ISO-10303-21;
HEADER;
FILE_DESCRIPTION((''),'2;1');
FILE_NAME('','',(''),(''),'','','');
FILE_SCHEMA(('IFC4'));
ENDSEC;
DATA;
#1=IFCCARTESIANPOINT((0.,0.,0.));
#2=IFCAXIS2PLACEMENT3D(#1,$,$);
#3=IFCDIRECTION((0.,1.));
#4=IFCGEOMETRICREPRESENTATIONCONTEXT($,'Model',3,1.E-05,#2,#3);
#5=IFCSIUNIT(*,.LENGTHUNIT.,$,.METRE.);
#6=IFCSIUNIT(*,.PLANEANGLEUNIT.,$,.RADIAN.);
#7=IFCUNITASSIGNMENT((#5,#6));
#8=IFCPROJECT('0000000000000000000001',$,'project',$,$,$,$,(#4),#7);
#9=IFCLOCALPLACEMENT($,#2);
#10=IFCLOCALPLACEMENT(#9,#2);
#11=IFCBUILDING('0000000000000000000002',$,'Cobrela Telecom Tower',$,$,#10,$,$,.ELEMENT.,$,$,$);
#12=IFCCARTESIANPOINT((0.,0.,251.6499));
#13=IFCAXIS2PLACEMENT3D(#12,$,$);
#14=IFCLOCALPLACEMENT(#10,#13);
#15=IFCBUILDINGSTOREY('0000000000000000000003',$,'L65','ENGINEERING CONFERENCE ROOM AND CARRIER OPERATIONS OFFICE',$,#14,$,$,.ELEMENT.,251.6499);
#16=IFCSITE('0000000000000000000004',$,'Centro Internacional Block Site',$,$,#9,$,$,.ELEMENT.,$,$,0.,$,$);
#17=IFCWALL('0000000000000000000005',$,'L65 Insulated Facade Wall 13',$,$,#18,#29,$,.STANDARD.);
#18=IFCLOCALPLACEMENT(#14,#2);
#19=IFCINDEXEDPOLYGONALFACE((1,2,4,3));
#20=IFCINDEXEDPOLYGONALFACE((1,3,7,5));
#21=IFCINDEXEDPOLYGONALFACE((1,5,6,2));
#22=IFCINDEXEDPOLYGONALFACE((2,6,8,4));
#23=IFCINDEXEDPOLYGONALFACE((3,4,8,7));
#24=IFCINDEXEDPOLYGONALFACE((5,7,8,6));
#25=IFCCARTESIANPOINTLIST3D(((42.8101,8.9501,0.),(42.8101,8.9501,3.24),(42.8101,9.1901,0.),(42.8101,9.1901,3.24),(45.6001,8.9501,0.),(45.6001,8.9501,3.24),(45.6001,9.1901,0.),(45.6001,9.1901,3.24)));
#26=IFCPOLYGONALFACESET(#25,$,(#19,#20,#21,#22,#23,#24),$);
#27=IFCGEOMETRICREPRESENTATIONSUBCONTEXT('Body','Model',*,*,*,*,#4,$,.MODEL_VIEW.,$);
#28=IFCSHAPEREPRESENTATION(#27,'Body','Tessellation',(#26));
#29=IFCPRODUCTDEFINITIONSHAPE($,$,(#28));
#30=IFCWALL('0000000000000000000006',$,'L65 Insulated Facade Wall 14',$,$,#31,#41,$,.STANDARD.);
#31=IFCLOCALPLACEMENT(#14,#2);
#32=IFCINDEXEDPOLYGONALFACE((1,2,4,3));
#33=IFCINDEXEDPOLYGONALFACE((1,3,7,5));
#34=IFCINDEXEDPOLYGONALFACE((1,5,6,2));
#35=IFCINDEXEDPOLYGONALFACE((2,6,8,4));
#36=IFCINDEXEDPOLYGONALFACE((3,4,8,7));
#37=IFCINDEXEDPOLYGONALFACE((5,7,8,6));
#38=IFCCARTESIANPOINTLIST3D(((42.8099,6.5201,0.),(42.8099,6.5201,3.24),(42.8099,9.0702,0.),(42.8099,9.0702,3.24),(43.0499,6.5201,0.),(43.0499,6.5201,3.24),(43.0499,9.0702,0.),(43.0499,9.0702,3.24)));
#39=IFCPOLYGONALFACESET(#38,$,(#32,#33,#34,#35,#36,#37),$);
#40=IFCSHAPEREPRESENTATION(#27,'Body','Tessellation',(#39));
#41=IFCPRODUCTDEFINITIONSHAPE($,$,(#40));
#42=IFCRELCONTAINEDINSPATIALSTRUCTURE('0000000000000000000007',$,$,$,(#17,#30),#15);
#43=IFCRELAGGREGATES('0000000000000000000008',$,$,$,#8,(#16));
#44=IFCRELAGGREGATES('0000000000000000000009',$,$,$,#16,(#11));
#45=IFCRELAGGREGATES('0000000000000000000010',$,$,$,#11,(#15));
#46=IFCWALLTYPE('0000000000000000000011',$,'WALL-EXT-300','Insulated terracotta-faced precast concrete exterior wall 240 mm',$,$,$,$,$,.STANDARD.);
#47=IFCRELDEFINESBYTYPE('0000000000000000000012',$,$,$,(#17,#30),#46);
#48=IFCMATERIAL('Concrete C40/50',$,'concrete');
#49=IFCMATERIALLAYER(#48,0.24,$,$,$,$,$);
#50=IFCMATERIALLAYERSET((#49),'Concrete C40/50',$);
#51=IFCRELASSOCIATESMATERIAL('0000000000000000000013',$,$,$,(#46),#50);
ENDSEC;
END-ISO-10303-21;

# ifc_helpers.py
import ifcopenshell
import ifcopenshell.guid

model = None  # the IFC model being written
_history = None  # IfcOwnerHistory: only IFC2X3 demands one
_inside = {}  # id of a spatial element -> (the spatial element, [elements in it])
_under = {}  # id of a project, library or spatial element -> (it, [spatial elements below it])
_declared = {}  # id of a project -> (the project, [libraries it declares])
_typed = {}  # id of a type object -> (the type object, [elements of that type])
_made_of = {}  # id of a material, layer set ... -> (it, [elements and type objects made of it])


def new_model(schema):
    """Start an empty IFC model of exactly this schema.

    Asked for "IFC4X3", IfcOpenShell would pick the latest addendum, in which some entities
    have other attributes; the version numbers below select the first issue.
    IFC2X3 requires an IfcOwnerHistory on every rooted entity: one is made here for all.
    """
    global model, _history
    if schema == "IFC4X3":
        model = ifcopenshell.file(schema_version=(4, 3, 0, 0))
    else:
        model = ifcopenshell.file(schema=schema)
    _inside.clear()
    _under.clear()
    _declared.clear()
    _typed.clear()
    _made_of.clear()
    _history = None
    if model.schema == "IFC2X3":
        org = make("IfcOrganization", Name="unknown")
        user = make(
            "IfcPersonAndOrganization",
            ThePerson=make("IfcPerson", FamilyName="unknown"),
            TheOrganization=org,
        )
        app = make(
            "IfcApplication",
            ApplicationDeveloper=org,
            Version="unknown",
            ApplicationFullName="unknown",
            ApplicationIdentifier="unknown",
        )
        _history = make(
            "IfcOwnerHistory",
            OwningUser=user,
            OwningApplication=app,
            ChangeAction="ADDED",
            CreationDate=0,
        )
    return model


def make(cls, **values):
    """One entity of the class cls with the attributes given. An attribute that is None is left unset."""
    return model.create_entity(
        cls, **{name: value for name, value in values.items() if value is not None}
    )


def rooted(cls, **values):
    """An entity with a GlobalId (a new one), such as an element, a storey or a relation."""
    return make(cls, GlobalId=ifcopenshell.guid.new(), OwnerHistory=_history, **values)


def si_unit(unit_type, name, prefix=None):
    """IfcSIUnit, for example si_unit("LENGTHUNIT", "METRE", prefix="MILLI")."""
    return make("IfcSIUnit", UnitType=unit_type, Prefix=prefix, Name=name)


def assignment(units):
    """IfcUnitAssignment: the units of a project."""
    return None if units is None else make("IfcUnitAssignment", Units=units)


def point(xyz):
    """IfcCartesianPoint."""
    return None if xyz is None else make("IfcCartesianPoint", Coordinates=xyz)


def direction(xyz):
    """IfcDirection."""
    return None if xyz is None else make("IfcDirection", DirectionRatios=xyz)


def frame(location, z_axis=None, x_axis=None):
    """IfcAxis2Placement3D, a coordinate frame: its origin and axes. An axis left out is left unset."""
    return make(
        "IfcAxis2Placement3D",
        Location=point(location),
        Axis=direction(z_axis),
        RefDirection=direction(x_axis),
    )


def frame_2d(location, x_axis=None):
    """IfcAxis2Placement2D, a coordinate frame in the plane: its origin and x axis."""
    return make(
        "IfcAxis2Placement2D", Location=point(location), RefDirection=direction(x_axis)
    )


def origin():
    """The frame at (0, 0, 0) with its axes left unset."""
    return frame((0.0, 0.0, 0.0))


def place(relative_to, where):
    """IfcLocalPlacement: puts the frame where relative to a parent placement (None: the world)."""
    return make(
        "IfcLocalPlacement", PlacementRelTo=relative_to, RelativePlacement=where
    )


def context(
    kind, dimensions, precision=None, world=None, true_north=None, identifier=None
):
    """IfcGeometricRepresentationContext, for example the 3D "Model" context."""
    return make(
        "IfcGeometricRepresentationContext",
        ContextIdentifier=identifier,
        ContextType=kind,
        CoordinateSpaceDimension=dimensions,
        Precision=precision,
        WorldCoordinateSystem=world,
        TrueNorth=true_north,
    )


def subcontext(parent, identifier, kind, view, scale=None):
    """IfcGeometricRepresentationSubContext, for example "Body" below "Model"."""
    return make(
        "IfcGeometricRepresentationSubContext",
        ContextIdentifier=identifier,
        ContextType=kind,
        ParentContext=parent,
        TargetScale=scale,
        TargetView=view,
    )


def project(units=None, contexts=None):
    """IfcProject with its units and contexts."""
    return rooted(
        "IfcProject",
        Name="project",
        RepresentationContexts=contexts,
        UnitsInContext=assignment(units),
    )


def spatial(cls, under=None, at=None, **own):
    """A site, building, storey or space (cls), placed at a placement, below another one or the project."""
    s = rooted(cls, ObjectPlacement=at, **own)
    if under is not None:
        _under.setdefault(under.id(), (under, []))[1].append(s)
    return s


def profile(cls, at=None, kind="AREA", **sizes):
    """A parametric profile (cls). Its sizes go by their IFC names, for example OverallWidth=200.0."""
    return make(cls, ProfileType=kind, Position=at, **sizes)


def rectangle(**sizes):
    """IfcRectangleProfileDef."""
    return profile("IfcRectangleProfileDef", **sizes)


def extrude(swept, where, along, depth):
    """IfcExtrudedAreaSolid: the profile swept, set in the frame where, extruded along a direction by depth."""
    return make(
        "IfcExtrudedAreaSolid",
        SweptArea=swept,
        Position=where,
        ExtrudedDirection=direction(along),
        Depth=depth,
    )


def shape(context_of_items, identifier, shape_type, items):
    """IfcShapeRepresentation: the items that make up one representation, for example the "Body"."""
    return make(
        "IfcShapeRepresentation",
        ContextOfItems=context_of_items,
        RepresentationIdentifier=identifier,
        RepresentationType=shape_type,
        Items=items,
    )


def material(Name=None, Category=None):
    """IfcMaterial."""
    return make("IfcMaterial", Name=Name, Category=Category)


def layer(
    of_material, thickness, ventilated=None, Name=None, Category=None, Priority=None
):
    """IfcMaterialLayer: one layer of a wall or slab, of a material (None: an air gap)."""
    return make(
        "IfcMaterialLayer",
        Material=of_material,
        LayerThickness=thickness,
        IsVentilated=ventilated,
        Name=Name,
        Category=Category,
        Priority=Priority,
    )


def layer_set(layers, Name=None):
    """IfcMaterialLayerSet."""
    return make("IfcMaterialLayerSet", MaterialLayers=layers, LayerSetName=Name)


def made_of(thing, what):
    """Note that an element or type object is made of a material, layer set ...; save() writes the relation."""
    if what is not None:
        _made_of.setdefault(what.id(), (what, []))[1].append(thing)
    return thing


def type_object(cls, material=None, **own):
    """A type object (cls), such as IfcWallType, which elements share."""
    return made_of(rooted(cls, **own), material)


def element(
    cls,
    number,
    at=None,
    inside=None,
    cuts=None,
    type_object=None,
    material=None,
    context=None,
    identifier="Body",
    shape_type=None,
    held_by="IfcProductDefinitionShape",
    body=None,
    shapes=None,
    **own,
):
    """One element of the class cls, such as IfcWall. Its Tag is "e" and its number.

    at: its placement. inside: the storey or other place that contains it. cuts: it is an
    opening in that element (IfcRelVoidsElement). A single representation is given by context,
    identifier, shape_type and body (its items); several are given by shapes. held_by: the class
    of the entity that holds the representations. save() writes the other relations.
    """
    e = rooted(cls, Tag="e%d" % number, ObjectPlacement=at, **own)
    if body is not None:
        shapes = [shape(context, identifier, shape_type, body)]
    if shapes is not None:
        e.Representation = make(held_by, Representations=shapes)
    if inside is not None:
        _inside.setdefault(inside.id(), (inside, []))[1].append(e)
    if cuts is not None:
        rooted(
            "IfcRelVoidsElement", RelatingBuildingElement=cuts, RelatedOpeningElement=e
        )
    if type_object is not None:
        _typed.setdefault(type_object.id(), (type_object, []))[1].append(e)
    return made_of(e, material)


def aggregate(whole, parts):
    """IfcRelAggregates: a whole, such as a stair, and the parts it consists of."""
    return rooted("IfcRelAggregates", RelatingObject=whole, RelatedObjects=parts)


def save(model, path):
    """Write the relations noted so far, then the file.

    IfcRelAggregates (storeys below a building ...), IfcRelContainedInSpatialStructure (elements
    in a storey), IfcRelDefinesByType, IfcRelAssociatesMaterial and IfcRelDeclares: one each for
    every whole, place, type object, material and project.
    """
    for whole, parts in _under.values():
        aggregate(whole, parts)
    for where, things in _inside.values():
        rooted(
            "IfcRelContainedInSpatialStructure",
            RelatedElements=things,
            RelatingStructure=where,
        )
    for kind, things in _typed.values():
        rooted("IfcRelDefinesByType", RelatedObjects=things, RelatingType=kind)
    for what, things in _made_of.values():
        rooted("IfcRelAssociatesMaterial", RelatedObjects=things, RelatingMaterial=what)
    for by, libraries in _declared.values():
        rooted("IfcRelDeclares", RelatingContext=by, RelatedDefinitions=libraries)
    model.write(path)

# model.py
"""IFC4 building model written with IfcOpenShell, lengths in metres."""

from ifc_helpers import new_model, si_unit, direction, frame, frame_2d, origin, place, context, subcontext, project, spatial, rectangle, extrude, material, layer, layer_set, type_object, element, save


model = new_model("IFC4")

# Units and contexts
model_context = context("Model", 3, precision=1e-05, world=origin(), true_north=direction((0.0, 1.0)))
body_context = subcontext(model_context, "Body", "Model", "MODEL_VIEW")
ifc_project = project(units=[si_unit("LENGTHUNIT", "METRE"), si_unit("PLANEANGLEUNIT", "RADIAN")], contexts=[model_context])

# Site, building, storey
site_placement = place(None, origin())
site = spatial("IfcSite", under=ifc_project, at=site_placement, Name="Centro Internacional Block Site", CompositionType="ELEMENT", RefElevation=0.0)
building_placement = place(site_placement, origin())
building = spatial("IfcBuilding", under=site, at=building_placement, Name="Cobrela Telecom Tower", CompositionType="ELEMENT")
storey_placement = place(building_placement, frame((0.0, 0.0, 251.6499)))
storey = spatial("IfcBuildingStorey", under=building, at=storey_placement, Name="L65", Description="ENGINEERING CONFERENCE ROOM AND CARRIER OPERATIONS OFFICE", CompositionType="ELEMENT", Elevation=251.6499)

# Walls
ifc_material_1 = material(Name="Concrete C40/50", Category="concrete")
ifc_layer_1 = layer(ifc_material_1, 0.24)
ifc_layer_set_1 = layer_set([ifc_layer_1], Name="Concrete C40/50")
wall_type = type_object("IfcWallType", Name="WALL-EXT-300", Description="Insulated terracotta-faced precast concrete exterior wall 240 mm", PredefinedType="STANDARD", material=ifc_layer_set_1)
wall_1_placement = place(storey_placement, frame((45.6001, 9.0701, 0.0), z_axis=(0.0, 0.0, 1.0), x_axis=(-1.0, 0.0, 0.0)))
element("IfcWall", 1, at=wall_1_placement, inside=storey, type_object=wall_type, Name="L65 Insulated Facade Wall 13", PredefinedType="STANDARD", context=body_context, shape_type="SweptSolid", body=[
    extrude(rectangle(XDim=2.79, YDim=0.24, at=frame_2d((1.395, 0.0))), origin(), (0.0, 0.0, 1.0), 3.24),
])
wall_2_placement = place(storey_placement, frame((42.9299, 9.0701, 0.0), z_axis=(0.0, 0.0, 1.0), x_axis=(0.0, -1.0, 0.0)))
element("IfcWall", 2, at=wall_2_placement, inside=storey, type_object=wall_type, Name="L65 Insulated Facade Wall 14", PredefinedType="STANDARD", context=body_context, shape_type="SweptSolid", body=[
    extrude(rectangle(XDim=2.55, YDim=0.24, at=frame_2d((1.2749, 0.0))), origin(), (0.0, 0.0, 1.0), 3.24),
])

save(model, "model.ifc")
